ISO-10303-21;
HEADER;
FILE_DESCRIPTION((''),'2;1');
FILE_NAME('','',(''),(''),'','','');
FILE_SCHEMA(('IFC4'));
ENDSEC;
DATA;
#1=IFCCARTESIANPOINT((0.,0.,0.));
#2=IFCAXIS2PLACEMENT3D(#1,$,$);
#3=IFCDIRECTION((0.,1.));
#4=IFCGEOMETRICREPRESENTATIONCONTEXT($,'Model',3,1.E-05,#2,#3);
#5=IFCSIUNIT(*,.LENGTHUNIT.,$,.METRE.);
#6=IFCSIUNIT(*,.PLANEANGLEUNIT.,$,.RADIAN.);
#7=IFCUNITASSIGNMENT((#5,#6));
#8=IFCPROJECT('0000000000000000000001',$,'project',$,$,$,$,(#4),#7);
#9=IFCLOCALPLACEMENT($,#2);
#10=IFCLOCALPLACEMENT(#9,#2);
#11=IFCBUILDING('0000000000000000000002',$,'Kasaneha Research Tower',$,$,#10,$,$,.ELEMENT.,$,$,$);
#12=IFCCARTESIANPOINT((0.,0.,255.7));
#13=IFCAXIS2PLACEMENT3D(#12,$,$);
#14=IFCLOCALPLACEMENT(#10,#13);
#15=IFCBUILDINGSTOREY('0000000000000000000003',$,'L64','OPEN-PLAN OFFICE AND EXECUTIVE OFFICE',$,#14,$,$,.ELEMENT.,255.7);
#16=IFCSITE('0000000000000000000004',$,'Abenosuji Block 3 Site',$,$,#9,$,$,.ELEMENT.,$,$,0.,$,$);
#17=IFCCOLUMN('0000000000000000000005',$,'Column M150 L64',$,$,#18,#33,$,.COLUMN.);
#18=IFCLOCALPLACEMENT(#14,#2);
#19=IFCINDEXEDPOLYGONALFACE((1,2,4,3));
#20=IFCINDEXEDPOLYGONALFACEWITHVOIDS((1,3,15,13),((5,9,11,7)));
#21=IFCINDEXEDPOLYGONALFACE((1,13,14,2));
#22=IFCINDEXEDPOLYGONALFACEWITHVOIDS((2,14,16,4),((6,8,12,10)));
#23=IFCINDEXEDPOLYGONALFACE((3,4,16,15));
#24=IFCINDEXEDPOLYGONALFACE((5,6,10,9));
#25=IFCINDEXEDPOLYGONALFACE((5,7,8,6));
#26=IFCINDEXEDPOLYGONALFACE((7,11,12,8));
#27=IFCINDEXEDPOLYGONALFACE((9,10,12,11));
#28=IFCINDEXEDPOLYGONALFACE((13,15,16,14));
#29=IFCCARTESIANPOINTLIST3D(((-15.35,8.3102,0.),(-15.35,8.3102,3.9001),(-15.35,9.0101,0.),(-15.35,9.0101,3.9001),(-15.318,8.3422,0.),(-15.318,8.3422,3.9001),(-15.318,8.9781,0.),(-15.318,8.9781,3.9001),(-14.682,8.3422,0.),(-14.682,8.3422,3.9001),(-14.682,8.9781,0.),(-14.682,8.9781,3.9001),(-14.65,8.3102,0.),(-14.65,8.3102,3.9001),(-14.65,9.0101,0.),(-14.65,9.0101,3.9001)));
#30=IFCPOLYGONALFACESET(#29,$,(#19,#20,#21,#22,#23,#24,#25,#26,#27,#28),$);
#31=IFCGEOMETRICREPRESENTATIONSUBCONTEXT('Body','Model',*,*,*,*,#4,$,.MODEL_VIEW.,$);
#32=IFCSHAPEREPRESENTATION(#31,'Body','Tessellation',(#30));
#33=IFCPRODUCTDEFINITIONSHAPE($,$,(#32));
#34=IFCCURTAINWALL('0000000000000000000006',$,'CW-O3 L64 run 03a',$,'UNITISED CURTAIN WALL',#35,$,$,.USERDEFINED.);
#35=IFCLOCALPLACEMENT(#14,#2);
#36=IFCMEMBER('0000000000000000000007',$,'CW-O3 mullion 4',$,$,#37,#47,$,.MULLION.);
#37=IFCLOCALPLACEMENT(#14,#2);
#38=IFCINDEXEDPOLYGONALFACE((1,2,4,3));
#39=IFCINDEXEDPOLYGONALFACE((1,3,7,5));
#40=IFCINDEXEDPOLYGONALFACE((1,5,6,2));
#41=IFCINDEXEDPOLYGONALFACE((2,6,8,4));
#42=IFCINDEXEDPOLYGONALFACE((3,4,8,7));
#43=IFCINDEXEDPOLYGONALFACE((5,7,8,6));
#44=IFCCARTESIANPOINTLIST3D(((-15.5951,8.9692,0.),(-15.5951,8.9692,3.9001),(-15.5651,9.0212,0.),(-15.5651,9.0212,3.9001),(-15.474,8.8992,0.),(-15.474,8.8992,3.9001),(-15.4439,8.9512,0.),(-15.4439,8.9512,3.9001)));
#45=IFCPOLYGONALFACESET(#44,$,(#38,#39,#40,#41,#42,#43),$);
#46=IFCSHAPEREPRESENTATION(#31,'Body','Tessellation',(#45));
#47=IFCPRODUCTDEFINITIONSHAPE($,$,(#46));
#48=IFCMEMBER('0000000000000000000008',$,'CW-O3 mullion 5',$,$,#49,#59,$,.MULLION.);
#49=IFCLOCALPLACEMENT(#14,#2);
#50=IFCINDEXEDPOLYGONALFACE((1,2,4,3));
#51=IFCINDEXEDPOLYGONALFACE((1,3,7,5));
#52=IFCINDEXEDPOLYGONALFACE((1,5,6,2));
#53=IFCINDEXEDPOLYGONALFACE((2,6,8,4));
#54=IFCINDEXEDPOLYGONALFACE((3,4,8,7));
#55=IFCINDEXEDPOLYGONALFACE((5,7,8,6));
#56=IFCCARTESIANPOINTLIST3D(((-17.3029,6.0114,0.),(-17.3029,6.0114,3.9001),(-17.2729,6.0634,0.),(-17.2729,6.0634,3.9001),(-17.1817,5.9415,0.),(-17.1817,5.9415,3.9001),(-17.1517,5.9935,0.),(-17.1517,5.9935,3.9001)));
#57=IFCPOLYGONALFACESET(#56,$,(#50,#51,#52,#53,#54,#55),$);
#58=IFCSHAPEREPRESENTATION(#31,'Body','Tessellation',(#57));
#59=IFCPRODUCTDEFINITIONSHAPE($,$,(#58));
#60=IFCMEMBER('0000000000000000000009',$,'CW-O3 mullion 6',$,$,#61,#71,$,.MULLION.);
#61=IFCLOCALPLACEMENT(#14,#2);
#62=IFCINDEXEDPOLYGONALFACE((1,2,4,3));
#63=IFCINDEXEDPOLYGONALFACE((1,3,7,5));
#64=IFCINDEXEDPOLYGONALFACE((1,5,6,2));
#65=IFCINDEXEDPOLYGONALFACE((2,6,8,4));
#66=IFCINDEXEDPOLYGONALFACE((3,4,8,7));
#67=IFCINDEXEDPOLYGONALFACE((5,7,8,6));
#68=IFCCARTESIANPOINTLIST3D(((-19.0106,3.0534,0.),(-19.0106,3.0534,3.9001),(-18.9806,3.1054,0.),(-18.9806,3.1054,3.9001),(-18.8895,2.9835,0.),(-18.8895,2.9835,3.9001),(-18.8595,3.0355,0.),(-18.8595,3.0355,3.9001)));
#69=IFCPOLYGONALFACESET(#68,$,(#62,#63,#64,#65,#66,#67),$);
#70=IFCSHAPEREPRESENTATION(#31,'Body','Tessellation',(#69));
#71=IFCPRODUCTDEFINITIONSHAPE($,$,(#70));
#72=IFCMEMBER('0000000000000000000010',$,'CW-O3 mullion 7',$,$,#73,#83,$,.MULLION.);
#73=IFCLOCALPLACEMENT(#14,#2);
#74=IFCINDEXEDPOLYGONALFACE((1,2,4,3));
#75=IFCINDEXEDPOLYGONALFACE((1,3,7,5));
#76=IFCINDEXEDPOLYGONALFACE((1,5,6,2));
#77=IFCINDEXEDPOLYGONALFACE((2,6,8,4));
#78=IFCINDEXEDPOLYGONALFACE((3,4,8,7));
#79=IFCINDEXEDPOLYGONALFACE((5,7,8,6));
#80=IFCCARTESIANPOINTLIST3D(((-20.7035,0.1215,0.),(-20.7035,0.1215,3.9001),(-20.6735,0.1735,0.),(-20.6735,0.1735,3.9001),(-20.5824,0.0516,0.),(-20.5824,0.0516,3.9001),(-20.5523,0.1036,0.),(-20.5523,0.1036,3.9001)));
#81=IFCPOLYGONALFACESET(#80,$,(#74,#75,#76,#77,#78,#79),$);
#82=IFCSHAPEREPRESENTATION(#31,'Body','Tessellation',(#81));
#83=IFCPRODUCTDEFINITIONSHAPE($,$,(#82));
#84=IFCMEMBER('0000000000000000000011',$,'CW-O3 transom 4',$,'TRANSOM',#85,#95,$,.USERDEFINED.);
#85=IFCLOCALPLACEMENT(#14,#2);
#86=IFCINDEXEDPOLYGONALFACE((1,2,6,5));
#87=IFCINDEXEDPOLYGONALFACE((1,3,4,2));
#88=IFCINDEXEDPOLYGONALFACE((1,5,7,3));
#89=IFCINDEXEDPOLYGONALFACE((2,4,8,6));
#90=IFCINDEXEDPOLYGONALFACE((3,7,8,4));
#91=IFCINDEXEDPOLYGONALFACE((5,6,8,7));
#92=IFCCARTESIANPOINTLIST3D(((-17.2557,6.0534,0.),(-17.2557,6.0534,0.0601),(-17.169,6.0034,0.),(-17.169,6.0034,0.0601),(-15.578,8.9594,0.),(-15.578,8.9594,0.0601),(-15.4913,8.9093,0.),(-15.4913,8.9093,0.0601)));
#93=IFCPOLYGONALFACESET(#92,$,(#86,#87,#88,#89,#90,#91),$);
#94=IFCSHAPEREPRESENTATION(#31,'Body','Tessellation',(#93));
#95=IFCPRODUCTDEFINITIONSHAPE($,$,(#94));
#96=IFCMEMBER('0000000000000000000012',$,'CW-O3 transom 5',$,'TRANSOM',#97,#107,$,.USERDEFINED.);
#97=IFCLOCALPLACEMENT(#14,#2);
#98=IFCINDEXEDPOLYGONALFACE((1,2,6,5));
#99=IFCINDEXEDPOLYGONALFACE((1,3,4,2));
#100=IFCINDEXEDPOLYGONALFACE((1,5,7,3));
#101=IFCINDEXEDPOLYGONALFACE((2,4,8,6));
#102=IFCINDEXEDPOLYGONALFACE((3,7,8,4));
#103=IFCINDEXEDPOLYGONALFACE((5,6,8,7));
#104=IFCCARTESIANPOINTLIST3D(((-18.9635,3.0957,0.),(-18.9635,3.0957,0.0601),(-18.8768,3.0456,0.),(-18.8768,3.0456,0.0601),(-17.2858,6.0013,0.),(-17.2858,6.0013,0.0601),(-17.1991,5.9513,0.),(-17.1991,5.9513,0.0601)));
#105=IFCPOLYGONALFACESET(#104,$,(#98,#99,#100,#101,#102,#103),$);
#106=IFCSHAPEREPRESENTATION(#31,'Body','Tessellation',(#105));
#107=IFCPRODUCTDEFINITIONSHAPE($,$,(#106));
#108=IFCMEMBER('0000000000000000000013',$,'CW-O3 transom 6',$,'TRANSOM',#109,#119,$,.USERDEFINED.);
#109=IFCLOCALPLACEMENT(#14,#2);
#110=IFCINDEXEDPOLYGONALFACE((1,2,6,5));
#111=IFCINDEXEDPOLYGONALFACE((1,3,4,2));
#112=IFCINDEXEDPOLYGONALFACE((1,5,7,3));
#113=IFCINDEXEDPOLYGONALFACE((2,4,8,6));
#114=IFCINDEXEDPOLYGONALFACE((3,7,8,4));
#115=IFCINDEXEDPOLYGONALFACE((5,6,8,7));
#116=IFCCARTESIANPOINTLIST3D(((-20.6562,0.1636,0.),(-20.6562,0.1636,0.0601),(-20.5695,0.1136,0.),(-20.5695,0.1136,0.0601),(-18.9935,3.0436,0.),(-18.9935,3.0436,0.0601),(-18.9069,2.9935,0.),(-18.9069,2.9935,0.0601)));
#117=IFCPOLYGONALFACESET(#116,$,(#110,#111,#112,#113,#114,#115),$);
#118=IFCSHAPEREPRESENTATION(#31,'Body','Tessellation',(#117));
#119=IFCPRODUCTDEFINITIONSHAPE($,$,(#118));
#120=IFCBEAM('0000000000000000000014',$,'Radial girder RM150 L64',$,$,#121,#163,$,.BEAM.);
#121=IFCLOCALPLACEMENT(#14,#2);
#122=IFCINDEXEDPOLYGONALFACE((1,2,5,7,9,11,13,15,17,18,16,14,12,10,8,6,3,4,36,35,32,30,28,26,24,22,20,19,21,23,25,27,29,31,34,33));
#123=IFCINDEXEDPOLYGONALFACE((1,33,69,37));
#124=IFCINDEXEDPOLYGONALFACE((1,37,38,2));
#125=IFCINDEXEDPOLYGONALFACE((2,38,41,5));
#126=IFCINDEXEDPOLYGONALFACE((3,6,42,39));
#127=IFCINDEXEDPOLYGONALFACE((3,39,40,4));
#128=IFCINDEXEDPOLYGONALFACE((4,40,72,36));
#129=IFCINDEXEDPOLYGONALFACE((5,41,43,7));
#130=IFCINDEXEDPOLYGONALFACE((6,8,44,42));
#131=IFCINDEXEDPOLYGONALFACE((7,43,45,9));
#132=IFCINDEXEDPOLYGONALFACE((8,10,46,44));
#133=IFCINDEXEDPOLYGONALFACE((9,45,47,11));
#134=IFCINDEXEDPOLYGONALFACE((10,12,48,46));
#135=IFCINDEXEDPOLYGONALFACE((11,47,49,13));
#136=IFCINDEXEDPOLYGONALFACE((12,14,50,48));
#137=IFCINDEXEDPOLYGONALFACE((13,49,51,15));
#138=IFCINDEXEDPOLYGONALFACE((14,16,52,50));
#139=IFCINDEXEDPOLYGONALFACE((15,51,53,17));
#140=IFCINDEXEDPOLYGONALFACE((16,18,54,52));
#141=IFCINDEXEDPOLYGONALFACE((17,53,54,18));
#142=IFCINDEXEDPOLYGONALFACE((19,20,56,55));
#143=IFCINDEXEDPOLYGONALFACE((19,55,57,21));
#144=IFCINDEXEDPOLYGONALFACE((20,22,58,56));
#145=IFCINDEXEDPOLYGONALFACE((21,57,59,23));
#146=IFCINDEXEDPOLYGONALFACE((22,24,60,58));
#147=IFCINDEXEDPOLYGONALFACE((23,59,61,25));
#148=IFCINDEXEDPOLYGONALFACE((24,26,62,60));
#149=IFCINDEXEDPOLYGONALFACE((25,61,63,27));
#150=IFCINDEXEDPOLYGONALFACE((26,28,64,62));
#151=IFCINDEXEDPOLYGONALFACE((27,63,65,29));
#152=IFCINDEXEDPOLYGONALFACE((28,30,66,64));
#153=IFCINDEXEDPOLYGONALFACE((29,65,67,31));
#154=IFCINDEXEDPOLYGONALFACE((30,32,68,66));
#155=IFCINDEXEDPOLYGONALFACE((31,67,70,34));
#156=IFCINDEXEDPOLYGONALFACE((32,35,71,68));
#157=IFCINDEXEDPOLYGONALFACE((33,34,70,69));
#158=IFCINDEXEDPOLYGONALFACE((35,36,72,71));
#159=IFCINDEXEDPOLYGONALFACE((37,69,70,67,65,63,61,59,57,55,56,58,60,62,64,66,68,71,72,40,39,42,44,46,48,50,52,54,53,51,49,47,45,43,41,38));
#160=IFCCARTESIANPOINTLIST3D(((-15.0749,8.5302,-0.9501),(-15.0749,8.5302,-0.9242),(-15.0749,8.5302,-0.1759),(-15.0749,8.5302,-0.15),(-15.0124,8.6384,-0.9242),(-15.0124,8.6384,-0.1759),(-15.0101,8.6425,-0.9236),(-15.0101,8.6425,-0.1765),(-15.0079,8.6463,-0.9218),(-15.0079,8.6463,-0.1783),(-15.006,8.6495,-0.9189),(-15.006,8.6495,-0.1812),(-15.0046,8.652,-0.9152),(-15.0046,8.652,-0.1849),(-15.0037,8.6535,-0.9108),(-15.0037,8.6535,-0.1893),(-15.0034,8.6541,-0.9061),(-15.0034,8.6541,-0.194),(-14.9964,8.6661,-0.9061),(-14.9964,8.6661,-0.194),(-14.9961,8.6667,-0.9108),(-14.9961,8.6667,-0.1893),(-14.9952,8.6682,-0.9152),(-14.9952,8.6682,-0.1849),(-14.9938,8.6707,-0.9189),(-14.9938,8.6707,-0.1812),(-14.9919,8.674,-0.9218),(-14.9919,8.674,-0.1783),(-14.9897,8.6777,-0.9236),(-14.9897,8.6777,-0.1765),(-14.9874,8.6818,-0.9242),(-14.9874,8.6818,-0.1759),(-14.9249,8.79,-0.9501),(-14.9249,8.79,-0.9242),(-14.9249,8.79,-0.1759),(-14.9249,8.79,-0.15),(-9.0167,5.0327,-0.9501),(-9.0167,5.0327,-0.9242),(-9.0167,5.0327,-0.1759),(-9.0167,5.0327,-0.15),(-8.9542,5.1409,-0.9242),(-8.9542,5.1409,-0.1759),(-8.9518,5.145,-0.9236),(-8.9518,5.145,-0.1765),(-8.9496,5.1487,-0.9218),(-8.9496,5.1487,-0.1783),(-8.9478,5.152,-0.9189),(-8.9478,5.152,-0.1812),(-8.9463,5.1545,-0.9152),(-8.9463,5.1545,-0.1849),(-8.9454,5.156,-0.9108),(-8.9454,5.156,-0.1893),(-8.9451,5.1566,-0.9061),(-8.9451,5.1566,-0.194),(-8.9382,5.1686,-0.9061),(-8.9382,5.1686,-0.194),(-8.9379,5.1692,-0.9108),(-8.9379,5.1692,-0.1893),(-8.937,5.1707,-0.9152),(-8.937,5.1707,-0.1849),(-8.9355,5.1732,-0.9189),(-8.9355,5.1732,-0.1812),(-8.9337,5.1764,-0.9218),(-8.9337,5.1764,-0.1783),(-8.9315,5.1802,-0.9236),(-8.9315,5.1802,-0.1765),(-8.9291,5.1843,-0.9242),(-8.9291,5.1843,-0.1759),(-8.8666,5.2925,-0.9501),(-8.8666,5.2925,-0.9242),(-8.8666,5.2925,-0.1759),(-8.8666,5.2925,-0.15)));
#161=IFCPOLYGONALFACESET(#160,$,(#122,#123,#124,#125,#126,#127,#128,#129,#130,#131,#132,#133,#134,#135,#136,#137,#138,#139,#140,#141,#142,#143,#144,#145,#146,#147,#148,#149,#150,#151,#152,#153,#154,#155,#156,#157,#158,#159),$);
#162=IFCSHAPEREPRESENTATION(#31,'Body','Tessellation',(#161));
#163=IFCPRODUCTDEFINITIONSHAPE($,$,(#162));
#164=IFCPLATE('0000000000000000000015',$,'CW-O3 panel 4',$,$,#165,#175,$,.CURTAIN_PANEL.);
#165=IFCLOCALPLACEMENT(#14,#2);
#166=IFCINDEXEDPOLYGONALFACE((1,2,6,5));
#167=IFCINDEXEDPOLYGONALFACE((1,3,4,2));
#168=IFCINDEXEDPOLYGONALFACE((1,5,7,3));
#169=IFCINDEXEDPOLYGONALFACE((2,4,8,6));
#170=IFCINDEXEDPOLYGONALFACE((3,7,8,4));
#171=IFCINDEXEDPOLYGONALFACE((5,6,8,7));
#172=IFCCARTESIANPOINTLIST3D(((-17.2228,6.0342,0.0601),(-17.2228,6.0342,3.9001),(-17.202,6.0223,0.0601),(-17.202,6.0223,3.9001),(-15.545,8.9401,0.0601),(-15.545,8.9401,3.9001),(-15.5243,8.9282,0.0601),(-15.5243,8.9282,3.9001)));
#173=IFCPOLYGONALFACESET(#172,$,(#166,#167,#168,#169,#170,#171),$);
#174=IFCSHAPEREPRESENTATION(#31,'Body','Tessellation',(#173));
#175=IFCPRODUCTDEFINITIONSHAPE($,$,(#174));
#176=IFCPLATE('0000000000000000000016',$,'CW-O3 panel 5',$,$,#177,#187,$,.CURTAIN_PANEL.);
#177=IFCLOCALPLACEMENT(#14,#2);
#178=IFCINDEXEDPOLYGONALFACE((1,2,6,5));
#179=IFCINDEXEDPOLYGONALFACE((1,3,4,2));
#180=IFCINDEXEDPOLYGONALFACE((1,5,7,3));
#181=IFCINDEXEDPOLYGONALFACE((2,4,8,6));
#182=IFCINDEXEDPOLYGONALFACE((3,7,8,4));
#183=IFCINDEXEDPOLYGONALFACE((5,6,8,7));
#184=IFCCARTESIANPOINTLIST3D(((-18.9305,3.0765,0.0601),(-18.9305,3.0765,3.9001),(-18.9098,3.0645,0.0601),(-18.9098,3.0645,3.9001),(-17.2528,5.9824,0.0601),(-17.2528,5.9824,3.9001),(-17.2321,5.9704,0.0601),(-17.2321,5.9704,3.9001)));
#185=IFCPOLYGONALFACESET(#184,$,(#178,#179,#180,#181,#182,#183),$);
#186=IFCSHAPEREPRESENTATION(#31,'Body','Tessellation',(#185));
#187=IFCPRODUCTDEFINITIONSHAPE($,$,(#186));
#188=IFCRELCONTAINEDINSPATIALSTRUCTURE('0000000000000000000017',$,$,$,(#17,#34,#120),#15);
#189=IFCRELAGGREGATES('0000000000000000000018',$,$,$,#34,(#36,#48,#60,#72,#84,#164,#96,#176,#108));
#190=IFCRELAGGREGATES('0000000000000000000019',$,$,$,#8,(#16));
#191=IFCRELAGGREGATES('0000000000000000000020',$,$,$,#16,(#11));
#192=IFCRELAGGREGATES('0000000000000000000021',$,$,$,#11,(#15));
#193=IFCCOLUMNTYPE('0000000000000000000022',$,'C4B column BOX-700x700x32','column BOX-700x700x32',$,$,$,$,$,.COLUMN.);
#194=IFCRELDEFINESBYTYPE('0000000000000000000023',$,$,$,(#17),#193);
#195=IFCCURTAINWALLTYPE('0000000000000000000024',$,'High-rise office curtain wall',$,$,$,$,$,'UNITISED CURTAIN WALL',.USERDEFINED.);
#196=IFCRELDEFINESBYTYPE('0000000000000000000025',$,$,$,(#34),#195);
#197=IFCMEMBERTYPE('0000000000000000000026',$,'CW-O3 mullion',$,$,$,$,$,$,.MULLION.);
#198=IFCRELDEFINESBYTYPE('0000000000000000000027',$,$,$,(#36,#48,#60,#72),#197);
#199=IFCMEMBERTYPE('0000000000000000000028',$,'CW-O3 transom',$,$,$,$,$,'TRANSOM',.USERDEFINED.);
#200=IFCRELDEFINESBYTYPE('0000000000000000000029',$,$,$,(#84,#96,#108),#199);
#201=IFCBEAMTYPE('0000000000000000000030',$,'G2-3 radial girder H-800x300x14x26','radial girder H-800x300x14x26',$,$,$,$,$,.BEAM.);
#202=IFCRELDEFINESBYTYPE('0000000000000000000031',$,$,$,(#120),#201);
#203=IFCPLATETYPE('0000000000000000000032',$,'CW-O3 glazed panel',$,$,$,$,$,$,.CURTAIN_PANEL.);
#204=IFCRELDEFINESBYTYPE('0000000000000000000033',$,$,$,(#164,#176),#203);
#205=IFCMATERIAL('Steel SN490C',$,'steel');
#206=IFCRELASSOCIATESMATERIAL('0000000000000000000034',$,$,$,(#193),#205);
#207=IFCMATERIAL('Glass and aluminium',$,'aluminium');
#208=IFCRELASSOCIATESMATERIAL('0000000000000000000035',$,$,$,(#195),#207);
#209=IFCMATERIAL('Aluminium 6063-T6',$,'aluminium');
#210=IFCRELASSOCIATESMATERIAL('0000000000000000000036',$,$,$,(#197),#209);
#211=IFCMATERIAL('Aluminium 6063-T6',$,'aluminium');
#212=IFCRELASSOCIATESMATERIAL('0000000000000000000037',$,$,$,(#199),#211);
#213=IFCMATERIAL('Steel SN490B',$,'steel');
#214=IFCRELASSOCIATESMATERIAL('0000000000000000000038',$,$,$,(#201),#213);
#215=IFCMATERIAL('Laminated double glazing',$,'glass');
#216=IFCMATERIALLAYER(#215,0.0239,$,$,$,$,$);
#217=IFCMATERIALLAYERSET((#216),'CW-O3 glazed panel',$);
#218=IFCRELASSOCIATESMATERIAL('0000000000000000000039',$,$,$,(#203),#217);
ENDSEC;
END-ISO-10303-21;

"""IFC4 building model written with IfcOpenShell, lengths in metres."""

from ifc_helpers import new_model, si_unit, direction, frame, origin, origin_2d, place, context, subcontext, project, spatial, rectangle, hollow_rectangle, i_section, extrude, material, layer, layer_set, material_profile, profile_set, type_object, element, aggregate, save


model = new_model("IFC4")

# Units and contexts
model_context = context("Model", 3, precision=1e-05, world=origin(), true_north=direction((0.0, 1.0)))
body_context = subcontext(model_context, "Body", "Model", "MODEL_VIEW")
ifc_project = project(units=[si_unit("LENGTHUNIT", "METRE"), si_unit("PLANEANGLEUNIT", "RADIAN")], contexts=[model_context])

# Site, building, storey
site_placement = place(None, origin())
site = spatial("IfcSite", under=ifc_project, at=site_placement, Name="Abenosuji Block 3 Site", CompositionType="ELEMENT", RefElevation=0.0)
building_placement = place(site_placement, origin())
building = spatial("IfcBuilding", under=site, at=building_placement, Name="Kasaneha Research Tower", CompositionType="ELEMENT")
storey_placement = place(building_placement, frame((0.0, 0.0, 255.7)))
storey = spatial("IfcBuildingStorey", under=building, at=storey_placement, Name="L64", Description="OPEN-PLAN OFFICE AND EXECUTIVE OFFICE", CompositionType="ELEMENT", Elevation=255.7)

# Column
ifc_material_1 = material(Name="Steel SN490C", Category="steel")
ifc_material_profile_1 = material_profile(ifc_material_1, hollow_rectangle(XDim=0.7, YDim=0.7, WallThickness=0.032, at=origin_2d()), Name="BOX-700x700x32")
ifc_profile_set_1 = profile_set([ifc_material_profile_1], Name="Steel SN490C")
column_type = type_object("IfcColumnType", Name="C4B column BOX-700x700x32", Description="column BOX-700x700x32", PredefinedType="COLUMN", material=ifc_profile_set_1)
column_placement = place(storey_placement, frame((-15.0, 8.6602, 0.0), z_axis=(0.0, 0.0, 1.0), x_axis=(1.0, 0.0, 0.0)))
element("IfcColumn", 1, at=column_placement, inside=storey, type_object=column_type, Name="Column M150 L64", PredefinedType="COLUMN", context=body_context, shape_type="SweptSolid", body=[
    extrude(hollow_rectangle(XDim=0.7, YDim=0.7, WallThickness=0.032, at=origin_2d()), origin(), (0.0, 0.0, 1.0), 3.9001),
])

# Curtain wall, members
ifc_material_2 = material(Name="Glass and aluminium", Category="aluminium")
curtain_wall_type = type_object("IfcCurtainWallType", Name="High-rise office curtain wall", ElementType="UNITISED CURTAIN WALL", PredefinedType="USERDEFINED", material=ifc_material_2)
curtain_wall_placement = place(storey_placement, origin())
curtain_wall = element("IfcCurtainWall", 2, at=curtain_wall_placement, inside=storey, type_object=curtain_wall_type, Name="CW-O3 L64 run 03a", ObjectType="UNITISED CURTAIN WALL", PredefinedType="USERDEFINED")
ifc_material_3 = material(Name="Aluminium 6063-T6", Category="aluminium")
ifc_material_profile_2 = material_profile(ifc_material_3, rectangle(XDim=0.0601, YDim=0.1399, at=origin_2d()), Name="CW-O3 mullion 60x140")
ifc_profile_set_2 = profile_set([ifc_material_profile_2], Name="Aluminium 6063-T6")
member_type_1 = type_object("IfcMemberType", Name="CW-O3 mullion", PredefinedType="MULLION", material=ifc_profile_set_2)
member_1_placement = place(storey_placement, frame((-15.5195, 8.9602, 0.0), z_axis=(0.0, 0.0, 1.0), x_axis=(-0.5, -0.866025, 0.0)))
member_1 = element("IfcMember", 3, at=member_1_placement, type_object=member_type_1, Name="CW-O3 mullion 4", PredefinedType="MULLION", context=body_context, shape_type="SweptSolid", body=[
    extrude(rectangle(XDim=0.0601, YDim=0.1399, at=origin_2d()), origin(), (0.0, 0.0, 1.0), 3.9001),
])
member_2_placement = place(storey_placement, frame((-17.2273, 6.0024, 0.0), z_axis=(0.0, 0.0, 1.0), x_axis=(-0.5, -0.866025, 0.0)))
member_2 = element("IfcMember", 4, at=member_2_placement, type_object=member_type_1, Name="CW-O3 mullion 5", PredefinedType="MULLION", context=body_context, shape_type="SweptSolid", body=[
    extrude(rectangle(XDim=0.0601, YDim=0.1399, at=origin_2d()), origin(), (0.0, 0.0, 1.0), 3.9001),
])
member_3_placement = place(storey_placement, frame((-18.9351, 3.0444, 0.0), z_axis=(0.0, 0.0, 1.0), x_axis=(-0.5, -0.866025, 0.0)))
member_3 = element("IfcMember", 5, at=member_3_placement, type_object=member_type_1, Name="CW-O3 mullion 6", PredefinedType="MULLION", context=body_context, shape_type="SweptSolid", body=[
    extrude(rectangle(XDim=0.0601, YDim=0.1399, at=origin_2d()), origin(), (0.0, 0.0, 1.0), 3.9001),
])
member_4_placement = place(storey_placement, frame((-20.6279, 0.1125, 0.0), z_axis=(0.0, 0.0, 1.0), x_axis=(-0.5, -0.866025, 0.0)))
member_4 = element("IfcMember", 6, at=member_4_placement, type_object=member_type_1, Name="CW-O3 mullion 7", PredefinedType="MULLION", context=body_context, shape_type="SweptSolid", body=[
    extrude(rectangle(XDim=0.0601, YDim=0.1399, at=origin_2d()), origin(), (0.0, 0.0, 1.0), 3.9001),
])
ifc_material_4 = material(Name="Aluminium 6063-T6", Category="aluminium")
ifc_material_profile_3 = material_profile(ifc_material_4, rectangle(XDim=0.1001, YDim=0.0601, at=origin_2d()), Name="CW-O3 transom 100x60")
ifc_profile_set_3 = profile_set([ifc_material_profile_3], Name="Aluminium 6063-T6")
member_type_2 = type_object("IfcMemberType", Name="CW-O3 transom", ElementType="TRANSOM", PredefinedType="USERDEFINED", material=ifc_profile_set_3)
member_5_placement = place(storey_placement, frame((-15.5347, 8.9343, 0.03), z_axis=(-0.499989, -0.866032, 0.0), x_axis=(0.866032, -0.499989, 0.0)))
member_5 = element("IfcMember", 7, at=member_5_placement, type_object=member_type_2, Name="CW-O3 transom 4", ObjectType="TRANSOM", PredefinedType="USERDEFINED", context=body_context, shape_type="SweptSolid", body=[
    extrude(rectangle(XDim=0.1001, YDim=0.0601, at=origin_2d()), origin(), (0.0, 0.0, 1.0), 3.3555),
])
member_6_placement = place(storey_placement, frame((-17.2424, 5.9763, 0.03), z_axis=(-0.500021, -0.866014, 0.0), x_axis=(0.866014, -0.500021, 0.0)))
member_6 = element("IfcMember", 8, at=member_6_placement, type_object=member_type_2, Name="CW-O3 transom 5", ObjectType="TRANSOM", PredefinedType="USERDEFINED", context=body_context, shape_type="SweptSolid", body=[
    extrude(rectangle(XDim=0.1001, YDim=0.0601, at=origin_2d()), origin(), (0.0, 0.0, 1.0), 3.3552),
])
member_7_placement = place(storey_placement, frame((-18.9502, 3.0186, 0.03), z_axis=(-0.499977, -0.866039, 0.0), x_axis=(0.866039, -0.499977, 0.0)))
member_7 = element("IfcMember", 9, at=member_7_placement, type_object=member_type_2, Name="CW-O3 transom 6", ObjectType="TRANSOM", PredefinedType="USERDEFINED", context=body_context, shape_type="SweptSolid", body=[
    extrude(rectangle(XDim=0.1001, YDim=0.0601, at=origin_2d()), origin(), (0.0, 0.0, 1.0), 3.3254),
])

# Beam
ifc_material_5 = material(Name="Steel SN490B", Category="steel")
ifc_material_profile_4 = material_profile(ifc_material_5, i_section(OverallWidth=0.3, OverallDepth=0.8, WebThickness=0.0139, FlangeThickness=0.0259, FilletRadius=0.0181, at=origin_2d()), Name="H-800x300x14x26")
ifc_profile_set_4 = profile_set([ifc_material_profile_4], Name="Steel SN490B")
beam_type = type_object("IfcBeamType", Name="G2-3 radial girder H-800x300x14x26", Description="radial girder H-800x300x14x26", PredefinedType="BEAM", material=ifc_profile_set_4)
beam_placement = place(storey_placement, frame((-8.9417, 5.1626, -0.55), z_axis=(-0.86604, 0.499975, 0.0), x_axis=(-0.499975, -0.86604, 0.0)))
element("IfcBeam", 10, at=beam_placement, inside=storey, type_object=beam_type, Name="Radial girder RM150 L64", PredefinedType="BEAM", context=body_context, shape_type="SweptSolid", body=[
    extrude(i_section(OverallWidth=0.3, OverallDepth=0.8, WebThickness=0.0139, FlangeThickness=0.0259, FilletRadius=0.0181, at=origin_2d()), origin(), (0.0, 0.0, 1.0), 6.9954),
])

# Plates
ifc_material_6 = material(Name="Laminated double glazing", Category="glass")
ifc_layer_1 = layer(ifc_material_6, 0.0239)
ifc_layer_set_1 = layer_set([ifc_layer_1], Name="CW-O3 glazed panel")
plate_type = type_object("IfcPlateType", Name="CW-O3 glazed panel", PredefinedType="CURTAIN_PANEL", material=ifc_layer_set_1)
plate_1_placement = place(storey_placement, frame((-16.3735, 7.4812, 0.0601), z_axis=(0.0, 0.0, 1.0), x_axis=(-0.5, -0.866025, 0.0)))
plate_1 = element("IfcPlate", 11, at=plate_1_placement, type_object=plate_type, Name="CW-O3 panel 4", PredefinedType="CURTAIN_PANEL", context=body_context, shape_type="SweptSolid", body=[
    extrude(rectangle(XDim=3.3555, YDim=0.0239, at=origin_2d()), origin(), (0.0, 0.0, 1.0), 3.8401),
])
plate_2_placement = place(storey_placement, frame((-18.0813, 4.5234, 0.0601), z_axis=(0.0, 0.0, 1.0), x_axis=(-0.5, -0.866025, 0.0)))
plate_2 = element("IfcPlate", 12, at=plate_2_placement, type_object=plate_type, Name="CW-O3 panel 5", PredefinedType="CURTAIN_PANEL", context=body_context, shape_type="SweptSolid", body=[
    extrude(rectangle(XDim=3.3555, YDim=0.0239, at=origin_2d()), origin(), (0.0, 0.0, 1.0), 3.8401),
])
aggregate(curtain_wall, [member_1, member_2, member_3, member_4, member_5, plate_1, member_6, plate_2, member_7])

save(model, "model.ifc")
